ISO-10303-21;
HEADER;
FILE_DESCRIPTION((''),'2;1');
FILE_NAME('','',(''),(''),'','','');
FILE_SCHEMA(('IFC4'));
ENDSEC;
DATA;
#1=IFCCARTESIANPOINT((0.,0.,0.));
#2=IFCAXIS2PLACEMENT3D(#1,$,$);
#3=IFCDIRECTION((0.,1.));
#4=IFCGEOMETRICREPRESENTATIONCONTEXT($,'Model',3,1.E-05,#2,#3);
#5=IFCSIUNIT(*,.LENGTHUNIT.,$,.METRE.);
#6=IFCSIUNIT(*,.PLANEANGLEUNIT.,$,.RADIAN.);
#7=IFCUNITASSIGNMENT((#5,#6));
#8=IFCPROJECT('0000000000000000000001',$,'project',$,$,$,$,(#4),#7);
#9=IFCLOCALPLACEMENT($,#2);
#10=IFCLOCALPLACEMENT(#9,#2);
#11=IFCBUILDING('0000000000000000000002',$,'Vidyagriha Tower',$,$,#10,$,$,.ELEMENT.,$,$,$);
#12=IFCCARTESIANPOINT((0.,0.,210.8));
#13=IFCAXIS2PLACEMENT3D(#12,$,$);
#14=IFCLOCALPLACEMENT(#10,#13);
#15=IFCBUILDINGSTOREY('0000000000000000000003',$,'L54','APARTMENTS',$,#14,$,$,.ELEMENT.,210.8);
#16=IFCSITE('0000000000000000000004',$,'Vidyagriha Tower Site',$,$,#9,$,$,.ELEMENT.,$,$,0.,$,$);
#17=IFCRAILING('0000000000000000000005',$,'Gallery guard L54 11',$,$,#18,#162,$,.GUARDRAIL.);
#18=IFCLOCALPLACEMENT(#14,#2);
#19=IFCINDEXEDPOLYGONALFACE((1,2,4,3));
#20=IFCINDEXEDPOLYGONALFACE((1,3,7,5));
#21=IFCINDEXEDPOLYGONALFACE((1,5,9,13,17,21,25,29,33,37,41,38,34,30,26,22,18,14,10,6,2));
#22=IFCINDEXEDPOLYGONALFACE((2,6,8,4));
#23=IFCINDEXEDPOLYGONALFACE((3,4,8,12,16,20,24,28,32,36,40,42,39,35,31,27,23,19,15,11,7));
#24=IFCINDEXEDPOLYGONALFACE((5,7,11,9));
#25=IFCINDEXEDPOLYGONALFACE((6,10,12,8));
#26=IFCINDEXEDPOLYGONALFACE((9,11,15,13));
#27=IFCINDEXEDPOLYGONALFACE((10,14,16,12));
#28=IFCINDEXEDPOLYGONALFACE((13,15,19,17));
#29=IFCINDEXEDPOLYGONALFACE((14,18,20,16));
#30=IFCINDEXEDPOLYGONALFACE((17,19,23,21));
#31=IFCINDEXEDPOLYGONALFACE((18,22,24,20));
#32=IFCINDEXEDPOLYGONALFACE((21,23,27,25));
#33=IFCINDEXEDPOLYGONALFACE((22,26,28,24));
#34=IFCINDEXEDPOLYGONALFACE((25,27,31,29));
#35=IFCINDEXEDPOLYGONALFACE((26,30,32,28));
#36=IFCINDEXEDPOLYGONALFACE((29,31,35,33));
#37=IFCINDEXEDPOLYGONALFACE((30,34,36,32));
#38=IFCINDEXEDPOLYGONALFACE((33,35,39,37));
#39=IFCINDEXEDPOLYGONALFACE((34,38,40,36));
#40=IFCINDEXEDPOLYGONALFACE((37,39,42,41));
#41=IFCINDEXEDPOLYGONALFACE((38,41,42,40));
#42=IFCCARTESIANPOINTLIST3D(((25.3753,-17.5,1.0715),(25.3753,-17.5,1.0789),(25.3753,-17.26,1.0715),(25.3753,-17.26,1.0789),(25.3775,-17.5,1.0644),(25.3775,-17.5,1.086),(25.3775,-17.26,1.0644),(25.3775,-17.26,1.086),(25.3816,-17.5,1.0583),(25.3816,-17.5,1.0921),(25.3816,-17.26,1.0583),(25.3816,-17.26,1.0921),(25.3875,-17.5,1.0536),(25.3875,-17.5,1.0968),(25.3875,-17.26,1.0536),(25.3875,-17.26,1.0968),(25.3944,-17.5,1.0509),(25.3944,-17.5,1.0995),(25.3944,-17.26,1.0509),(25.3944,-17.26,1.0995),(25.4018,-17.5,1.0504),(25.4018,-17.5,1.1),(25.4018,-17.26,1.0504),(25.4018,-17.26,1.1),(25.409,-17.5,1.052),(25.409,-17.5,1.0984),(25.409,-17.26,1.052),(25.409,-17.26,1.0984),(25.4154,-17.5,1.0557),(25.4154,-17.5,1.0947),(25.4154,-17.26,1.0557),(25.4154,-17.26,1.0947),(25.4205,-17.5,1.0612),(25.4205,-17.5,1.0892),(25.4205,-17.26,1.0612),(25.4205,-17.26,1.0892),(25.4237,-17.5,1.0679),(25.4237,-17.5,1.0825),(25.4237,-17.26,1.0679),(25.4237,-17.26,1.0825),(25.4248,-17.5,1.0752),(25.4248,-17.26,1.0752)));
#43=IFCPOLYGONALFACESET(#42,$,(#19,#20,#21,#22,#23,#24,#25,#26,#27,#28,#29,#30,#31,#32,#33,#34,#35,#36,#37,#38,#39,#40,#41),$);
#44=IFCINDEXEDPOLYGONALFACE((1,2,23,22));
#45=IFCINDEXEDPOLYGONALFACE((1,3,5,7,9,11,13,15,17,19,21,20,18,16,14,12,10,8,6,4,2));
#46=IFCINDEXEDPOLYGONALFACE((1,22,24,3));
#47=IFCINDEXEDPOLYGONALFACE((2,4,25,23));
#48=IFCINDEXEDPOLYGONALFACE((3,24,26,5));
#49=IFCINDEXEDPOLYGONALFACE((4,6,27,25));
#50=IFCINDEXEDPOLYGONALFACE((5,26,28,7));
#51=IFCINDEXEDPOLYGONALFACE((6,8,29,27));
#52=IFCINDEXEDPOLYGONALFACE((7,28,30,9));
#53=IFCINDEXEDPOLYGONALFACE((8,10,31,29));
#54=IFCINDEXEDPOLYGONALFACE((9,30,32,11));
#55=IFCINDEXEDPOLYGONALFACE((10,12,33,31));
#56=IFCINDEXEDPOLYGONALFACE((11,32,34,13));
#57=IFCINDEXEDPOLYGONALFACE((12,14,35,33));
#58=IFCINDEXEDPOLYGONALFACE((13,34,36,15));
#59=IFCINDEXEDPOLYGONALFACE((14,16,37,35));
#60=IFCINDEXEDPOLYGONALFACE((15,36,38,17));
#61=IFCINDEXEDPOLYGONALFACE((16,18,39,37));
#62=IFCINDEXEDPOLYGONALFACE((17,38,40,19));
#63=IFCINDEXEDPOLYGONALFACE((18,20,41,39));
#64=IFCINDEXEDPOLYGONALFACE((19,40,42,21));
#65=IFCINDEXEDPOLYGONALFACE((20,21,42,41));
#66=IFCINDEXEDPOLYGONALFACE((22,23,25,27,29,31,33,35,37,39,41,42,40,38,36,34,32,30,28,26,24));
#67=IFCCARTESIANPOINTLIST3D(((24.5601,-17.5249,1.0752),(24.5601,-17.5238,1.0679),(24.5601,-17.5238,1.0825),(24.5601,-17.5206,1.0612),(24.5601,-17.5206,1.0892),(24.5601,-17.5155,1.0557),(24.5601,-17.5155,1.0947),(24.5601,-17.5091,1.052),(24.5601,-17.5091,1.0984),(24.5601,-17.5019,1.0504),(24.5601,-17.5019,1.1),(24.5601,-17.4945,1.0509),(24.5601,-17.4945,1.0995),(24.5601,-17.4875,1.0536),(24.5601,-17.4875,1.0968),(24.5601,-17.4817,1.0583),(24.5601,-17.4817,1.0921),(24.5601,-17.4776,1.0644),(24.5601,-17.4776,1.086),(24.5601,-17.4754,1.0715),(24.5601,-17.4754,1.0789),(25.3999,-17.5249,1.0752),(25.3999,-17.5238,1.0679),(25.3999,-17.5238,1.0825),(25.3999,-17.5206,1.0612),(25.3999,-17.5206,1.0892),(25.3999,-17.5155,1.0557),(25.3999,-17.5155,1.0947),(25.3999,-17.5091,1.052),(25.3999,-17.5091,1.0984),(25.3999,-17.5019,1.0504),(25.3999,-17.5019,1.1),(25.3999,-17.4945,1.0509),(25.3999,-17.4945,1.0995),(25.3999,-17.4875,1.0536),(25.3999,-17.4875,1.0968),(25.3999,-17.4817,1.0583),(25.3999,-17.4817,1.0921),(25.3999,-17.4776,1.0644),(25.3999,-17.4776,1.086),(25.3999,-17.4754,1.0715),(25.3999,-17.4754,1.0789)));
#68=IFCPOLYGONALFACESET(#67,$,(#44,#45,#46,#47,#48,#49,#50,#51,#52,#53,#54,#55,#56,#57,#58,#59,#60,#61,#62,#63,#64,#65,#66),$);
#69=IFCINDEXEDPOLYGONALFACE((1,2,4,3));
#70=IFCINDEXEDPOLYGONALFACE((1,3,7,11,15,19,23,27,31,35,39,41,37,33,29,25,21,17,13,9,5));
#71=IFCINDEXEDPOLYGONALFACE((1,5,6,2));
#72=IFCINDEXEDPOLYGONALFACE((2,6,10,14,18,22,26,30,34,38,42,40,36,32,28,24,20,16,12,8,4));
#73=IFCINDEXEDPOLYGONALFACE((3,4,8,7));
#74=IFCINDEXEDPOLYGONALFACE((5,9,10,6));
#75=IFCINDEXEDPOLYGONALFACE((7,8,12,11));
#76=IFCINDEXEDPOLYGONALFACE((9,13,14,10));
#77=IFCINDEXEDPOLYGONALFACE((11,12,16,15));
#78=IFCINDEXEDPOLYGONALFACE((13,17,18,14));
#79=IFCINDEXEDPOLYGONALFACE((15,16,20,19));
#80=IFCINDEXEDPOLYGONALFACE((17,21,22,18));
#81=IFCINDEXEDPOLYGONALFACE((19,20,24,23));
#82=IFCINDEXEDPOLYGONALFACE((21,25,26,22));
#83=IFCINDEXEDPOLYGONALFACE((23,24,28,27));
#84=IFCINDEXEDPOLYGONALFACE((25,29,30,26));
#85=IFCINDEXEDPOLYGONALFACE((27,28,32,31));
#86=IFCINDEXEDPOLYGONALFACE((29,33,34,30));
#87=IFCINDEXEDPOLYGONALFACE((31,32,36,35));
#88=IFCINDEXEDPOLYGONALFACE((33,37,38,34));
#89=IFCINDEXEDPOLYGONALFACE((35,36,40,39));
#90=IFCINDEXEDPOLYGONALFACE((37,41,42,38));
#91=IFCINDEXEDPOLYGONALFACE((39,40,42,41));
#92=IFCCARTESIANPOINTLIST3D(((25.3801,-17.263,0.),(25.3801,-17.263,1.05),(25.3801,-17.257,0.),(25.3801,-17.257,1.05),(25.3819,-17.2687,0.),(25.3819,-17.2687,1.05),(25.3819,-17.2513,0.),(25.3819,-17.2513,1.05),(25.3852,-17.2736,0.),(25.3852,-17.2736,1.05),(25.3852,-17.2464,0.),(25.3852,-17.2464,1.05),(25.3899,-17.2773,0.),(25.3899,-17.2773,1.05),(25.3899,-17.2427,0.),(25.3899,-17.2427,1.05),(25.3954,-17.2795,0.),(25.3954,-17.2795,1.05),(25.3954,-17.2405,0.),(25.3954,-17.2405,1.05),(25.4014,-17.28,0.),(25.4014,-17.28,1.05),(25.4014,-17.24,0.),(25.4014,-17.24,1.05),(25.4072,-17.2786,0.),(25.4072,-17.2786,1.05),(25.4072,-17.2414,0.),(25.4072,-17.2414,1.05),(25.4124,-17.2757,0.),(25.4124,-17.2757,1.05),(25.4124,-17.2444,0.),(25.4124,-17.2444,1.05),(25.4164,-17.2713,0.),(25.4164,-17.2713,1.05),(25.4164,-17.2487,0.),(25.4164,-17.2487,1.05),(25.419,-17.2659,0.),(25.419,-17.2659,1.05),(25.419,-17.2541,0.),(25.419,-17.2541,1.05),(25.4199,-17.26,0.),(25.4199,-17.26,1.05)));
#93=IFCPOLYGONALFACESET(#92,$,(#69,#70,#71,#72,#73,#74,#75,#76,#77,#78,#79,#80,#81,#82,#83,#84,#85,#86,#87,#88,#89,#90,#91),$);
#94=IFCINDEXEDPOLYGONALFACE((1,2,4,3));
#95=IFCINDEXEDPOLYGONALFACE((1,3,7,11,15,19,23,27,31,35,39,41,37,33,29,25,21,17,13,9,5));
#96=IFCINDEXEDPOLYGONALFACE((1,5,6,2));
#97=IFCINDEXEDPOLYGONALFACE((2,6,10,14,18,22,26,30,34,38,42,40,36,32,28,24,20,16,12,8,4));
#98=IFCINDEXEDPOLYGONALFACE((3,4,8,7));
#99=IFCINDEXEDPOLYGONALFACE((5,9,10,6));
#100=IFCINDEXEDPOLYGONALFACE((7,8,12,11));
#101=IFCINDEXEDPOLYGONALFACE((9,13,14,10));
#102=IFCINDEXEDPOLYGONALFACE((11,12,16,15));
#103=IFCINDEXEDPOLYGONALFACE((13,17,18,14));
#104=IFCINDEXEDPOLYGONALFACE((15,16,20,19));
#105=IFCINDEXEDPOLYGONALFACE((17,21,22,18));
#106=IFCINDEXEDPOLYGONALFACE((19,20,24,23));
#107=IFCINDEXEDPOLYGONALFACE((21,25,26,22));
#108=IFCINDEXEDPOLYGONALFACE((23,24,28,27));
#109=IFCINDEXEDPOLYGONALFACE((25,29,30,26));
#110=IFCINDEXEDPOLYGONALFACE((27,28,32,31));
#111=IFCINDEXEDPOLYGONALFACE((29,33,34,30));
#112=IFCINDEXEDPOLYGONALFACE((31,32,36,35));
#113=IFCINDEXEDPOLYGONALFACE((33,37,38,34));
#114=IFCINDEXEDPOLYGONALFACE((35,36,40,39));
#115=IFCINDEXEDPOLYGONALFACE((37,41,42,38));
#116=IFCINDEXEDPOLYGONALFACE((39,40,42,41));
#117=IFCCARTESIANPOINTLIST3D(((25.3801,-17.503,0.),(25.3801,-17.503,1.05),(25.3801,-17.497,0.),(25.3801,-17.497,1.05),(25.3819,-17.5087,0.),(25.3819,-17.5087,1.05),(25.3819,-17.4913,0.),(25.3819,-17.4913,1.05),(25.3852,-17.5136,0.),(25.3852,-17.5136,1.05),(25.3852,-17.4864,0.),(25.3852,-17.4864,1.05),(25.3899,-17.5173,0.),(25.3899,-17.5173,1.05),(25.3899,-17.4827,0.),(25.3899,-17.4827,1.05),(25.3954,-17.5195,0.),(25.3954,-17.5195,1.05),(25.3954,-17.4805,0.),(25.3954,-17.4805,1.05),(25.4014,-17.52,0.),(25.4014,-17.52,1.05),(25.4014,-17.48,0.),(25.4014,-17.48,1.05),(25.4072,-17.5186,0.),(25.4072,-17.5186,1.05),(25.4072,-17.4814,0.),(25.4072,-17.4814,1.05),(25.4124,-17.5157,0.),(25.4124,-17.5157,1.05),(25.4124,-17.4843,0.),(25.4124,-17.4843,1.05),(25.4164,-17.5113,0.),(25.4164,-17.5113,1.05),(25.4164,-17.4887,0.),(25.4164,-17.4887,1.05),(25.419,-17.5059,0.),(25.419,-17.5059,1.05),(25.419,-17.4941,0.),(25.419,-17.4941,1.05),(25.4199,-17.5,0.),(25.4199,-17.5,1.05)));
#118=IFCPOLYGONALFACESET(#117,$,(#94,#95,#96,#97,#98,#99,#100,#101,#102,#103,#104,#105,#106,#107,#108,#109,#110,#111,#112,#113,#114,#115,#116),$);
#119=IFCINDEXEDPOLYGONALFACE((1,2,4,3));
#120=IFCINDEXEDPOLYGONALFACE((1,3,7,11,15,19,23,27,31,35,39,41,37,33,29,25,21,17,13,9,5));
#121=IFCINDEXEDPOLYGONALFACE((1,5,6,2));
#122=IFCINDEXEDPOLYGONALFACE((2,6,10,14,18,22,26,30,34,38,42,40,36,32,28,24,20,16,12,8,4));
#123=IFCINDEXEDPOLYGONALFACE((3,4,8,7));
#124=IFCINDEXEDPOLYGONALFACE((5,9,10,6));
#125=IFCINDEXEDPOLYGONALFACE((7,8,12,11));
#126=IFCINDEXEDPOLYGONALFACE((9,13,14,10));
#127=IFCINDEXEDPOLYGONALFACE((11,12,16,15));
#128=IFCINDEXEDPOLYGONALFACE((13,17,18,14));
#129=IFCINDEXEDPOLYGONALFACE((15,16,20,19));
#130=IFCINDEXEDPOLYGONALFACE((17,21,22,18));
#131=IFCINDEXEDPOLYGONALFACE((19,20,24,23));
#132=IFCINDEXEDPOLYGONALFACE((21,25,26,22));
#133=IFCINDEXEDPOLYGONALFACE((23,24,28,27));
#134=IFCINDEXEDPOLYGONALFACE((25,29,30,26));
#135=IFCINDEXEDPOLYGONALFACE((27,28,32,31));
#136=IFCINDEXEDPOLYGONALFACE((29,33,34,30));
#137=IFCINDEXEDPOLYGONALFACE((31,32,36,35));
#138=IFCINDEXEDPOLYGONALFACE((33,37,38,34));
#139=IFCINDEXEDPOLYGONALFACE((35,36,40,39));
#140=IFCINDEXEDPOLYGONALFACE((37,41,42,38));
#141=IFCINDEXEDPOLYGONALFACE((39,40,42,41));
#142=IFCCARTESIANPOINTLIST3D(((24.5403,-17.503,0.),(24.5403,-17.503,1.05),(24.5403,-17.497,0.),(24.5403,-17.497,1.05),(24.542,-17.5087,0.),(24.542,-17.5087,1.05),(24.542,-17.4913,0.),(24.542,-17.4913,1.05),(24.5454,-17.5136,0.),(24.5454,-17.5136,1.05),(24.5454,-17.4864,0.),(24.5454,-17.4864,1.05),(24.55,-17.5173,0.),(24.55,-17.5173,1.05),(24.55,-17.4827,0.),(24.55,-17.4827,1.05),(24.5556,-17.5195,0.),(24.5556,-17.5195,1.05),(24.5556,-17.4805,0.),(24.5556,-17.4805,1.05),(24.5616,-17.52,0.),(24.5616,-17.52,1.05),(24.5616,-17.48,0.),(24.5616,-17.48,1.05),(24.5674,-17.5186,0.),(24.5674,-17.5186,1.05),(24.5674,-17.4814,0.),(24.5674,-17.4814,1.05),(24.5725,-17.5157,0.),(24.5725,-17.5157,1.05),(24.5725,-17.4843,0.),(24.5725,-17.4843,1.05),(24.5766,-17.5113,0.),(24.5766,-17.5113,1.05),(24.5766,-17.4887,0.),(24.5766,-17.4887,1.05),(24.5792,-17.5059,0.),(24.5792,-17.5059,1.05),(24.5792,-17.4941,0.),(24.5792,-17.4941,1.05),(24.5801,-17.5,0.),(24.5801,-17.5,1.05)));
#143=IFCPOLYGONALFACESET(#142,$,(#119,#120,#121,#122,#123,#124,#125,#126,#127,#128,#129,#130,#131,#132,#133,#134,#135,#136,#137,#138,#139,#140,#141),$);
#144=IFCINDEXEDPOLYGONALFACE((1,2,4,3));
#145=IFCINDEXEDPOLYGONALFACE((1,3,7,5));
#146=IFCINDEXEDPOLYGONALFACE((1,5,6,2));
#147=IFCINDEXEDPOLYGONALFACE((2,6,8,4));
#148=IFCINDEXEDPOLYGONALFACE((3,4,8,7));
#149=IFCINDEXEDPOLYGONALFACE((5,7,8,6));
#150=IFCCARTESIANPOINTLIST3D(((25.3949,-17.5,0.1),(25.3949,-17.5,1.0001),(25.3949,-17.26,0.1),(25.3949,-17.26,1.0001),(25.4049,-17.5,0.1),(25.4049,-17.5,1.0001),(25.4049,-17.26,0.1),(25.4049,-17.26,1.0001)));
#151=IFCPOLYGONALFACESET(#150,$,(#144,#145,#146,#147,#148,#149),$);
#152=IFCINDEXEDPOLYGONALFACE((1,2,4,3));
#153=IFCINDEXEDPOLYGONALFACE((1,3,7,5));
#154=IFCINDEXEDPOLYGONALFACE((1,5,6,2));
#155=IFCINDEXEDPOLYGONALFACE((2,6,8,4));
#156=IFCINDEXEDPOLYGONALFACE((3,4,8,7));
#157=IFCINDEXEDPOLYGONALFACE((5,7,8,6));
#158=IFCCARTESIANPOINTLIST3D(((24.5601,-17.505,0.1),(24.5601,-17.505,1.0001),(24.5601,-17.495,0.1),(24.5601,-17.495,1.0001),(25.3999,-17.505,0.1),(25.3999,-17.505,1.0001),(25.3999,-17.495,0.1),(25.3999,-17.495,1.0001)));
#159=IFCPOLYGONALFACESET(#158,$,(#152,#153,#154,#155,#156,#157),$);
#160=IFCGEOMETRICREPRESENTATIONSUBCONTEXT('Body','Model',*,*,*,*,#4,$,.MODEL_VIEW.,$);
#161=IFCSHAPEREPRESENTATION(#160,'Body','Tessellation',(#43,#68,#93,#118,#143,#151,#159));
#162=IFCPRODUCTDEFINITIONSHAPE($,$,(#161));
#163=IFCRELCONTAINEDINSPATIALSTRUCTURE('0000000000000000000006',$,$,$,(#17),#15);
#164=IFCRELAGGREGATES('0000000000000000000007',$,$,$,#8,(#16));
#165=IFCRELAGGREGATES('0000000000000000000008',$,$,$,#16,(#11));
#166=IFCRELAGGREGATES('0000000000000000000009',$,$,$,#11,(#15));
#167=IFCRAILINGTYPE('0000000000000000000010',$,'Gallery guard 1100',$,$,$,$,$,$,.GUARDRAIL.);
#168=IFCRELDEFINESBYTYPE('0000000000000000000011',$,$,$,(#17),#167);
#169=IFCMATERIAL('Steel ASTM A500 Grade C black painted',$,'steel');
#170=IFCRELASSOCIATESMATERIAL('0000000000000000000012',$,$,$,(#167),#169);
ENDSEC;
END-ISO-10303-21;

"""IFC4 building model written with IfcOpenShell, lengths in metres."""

from ifc_helpers import new_model, si_unit, direction, frame, origin, origin_2d, place, context, subcontext, project, spatial, rectangle, circle, extrude, material, type_object, element, save


model = new_model("IFC4")

# Units and contexts
model_context = context("Model", 3, precision=1e-05, world=origin(), true_north=direction((0.0, 1.0)))
body_context = subcontext(model_context, "Body", "Model", "MODEL_VIEW")
ifc_project = project(units=[si_unit("LENGTHUNIT", "METRE"), si_unit("PLANEANGLEUNIT", "RADIAN")], contexts=[model_context])

# Site, building, storey
site_placement = place(None, origin())
site = spatial("IfcSite", under=ifc_project, at=site_placement, Name="Vidyagriha Tower Site", CompositionType="ELEMENT", RefElevation=0.0)
building_placement = place(site_placement, origin())
building = spatial("IfcBuilding", under=site, at=building_placement, Name="Vidyagriha Tower", CompositionType="ELEMENT")
storey_placement = place(building_placement, frame((0.0, 0.0, 210.8)))
storey = spatial("IfcBuildingStorey", under=building, at=storey_placement, Name="L54", Description="APARTMENTS", CompositionType="ELEMENT", Elevation=210.8)

# Railing
ifc_material_1 = material(Name="Steel ASTM A500 Grade C black painted", Category="steel")
railing_type_1 = type_object("IfcRailingType", Name="Gallery guard 1100", PredefinedType="GUARDRAIL", material=ifc_material_1)
railing_1_placement = place(storey_placement, frame((25.3999, -17.26, 0.0)))
element("IfcRailing", 1, at=railing_1_placement, inside=storey, type_object=railing_type_1, Name="Gallery guard L54 11", PredefinedType="GUARDRAIL", context=body_context, shape_type="SweptSolid", body=[
    extrude(circle(Radius=0.0249, at=origin_2d()), frame((0.0, 0.0, 1.0752), z_axis=(0.0, -1.0, 0.0), x_axis=(1.0, 0.0, 0.0)), (0.0, 0.0, 1.0), 0.24),
    extrude(circle(Radius=0.0249, at=origin_2d()), frame((0.0, -0.24, 1.0752), z_axis=(-1.0, 0.0, 0.0), x_axis=(0.0, -1.0, 0.0)), (0.0, 0.0, 1.0), 0.8398),
    extrude(circle(Radius=0.02, at=origin_2d()), origin(), (0.0, 0.0, 1.0), 1.05),
    extrude(circle(Radius=0.02, at=origin_2d()), frame((0.0, -0.24, 0.0)), (0.0, 0.0, 1.0), 1.05),
    extrude(circle(Radius=0.02, at=origin_2d()), frame((-0.8398, -0.24, 0.0)), (0.0, 0.0, 1.0), 1.05),
    extrude(rectangle(XDim=0.01, YDim=0.9001, at=origin_2d()), frame((0.0, 0.0, 0.55), z_axis=(0.0, -1.0, 0.0), x_axis=(1.0, 0.0, 0.0)), (0.0, 0.0, 1.0), 0.24),
    extrude(rectangle(XDim=0.01, YDim=0.9001, at=origin_2d()), frame((0.0, -0.24, 0.55), z_axis=(-1.0, 0.0, 0.0), x_axis=(0.0, -1.0, 0.0)), (0.0, 0.0, 1.0), 0.8398),
])

save(model, "model.ifc")
